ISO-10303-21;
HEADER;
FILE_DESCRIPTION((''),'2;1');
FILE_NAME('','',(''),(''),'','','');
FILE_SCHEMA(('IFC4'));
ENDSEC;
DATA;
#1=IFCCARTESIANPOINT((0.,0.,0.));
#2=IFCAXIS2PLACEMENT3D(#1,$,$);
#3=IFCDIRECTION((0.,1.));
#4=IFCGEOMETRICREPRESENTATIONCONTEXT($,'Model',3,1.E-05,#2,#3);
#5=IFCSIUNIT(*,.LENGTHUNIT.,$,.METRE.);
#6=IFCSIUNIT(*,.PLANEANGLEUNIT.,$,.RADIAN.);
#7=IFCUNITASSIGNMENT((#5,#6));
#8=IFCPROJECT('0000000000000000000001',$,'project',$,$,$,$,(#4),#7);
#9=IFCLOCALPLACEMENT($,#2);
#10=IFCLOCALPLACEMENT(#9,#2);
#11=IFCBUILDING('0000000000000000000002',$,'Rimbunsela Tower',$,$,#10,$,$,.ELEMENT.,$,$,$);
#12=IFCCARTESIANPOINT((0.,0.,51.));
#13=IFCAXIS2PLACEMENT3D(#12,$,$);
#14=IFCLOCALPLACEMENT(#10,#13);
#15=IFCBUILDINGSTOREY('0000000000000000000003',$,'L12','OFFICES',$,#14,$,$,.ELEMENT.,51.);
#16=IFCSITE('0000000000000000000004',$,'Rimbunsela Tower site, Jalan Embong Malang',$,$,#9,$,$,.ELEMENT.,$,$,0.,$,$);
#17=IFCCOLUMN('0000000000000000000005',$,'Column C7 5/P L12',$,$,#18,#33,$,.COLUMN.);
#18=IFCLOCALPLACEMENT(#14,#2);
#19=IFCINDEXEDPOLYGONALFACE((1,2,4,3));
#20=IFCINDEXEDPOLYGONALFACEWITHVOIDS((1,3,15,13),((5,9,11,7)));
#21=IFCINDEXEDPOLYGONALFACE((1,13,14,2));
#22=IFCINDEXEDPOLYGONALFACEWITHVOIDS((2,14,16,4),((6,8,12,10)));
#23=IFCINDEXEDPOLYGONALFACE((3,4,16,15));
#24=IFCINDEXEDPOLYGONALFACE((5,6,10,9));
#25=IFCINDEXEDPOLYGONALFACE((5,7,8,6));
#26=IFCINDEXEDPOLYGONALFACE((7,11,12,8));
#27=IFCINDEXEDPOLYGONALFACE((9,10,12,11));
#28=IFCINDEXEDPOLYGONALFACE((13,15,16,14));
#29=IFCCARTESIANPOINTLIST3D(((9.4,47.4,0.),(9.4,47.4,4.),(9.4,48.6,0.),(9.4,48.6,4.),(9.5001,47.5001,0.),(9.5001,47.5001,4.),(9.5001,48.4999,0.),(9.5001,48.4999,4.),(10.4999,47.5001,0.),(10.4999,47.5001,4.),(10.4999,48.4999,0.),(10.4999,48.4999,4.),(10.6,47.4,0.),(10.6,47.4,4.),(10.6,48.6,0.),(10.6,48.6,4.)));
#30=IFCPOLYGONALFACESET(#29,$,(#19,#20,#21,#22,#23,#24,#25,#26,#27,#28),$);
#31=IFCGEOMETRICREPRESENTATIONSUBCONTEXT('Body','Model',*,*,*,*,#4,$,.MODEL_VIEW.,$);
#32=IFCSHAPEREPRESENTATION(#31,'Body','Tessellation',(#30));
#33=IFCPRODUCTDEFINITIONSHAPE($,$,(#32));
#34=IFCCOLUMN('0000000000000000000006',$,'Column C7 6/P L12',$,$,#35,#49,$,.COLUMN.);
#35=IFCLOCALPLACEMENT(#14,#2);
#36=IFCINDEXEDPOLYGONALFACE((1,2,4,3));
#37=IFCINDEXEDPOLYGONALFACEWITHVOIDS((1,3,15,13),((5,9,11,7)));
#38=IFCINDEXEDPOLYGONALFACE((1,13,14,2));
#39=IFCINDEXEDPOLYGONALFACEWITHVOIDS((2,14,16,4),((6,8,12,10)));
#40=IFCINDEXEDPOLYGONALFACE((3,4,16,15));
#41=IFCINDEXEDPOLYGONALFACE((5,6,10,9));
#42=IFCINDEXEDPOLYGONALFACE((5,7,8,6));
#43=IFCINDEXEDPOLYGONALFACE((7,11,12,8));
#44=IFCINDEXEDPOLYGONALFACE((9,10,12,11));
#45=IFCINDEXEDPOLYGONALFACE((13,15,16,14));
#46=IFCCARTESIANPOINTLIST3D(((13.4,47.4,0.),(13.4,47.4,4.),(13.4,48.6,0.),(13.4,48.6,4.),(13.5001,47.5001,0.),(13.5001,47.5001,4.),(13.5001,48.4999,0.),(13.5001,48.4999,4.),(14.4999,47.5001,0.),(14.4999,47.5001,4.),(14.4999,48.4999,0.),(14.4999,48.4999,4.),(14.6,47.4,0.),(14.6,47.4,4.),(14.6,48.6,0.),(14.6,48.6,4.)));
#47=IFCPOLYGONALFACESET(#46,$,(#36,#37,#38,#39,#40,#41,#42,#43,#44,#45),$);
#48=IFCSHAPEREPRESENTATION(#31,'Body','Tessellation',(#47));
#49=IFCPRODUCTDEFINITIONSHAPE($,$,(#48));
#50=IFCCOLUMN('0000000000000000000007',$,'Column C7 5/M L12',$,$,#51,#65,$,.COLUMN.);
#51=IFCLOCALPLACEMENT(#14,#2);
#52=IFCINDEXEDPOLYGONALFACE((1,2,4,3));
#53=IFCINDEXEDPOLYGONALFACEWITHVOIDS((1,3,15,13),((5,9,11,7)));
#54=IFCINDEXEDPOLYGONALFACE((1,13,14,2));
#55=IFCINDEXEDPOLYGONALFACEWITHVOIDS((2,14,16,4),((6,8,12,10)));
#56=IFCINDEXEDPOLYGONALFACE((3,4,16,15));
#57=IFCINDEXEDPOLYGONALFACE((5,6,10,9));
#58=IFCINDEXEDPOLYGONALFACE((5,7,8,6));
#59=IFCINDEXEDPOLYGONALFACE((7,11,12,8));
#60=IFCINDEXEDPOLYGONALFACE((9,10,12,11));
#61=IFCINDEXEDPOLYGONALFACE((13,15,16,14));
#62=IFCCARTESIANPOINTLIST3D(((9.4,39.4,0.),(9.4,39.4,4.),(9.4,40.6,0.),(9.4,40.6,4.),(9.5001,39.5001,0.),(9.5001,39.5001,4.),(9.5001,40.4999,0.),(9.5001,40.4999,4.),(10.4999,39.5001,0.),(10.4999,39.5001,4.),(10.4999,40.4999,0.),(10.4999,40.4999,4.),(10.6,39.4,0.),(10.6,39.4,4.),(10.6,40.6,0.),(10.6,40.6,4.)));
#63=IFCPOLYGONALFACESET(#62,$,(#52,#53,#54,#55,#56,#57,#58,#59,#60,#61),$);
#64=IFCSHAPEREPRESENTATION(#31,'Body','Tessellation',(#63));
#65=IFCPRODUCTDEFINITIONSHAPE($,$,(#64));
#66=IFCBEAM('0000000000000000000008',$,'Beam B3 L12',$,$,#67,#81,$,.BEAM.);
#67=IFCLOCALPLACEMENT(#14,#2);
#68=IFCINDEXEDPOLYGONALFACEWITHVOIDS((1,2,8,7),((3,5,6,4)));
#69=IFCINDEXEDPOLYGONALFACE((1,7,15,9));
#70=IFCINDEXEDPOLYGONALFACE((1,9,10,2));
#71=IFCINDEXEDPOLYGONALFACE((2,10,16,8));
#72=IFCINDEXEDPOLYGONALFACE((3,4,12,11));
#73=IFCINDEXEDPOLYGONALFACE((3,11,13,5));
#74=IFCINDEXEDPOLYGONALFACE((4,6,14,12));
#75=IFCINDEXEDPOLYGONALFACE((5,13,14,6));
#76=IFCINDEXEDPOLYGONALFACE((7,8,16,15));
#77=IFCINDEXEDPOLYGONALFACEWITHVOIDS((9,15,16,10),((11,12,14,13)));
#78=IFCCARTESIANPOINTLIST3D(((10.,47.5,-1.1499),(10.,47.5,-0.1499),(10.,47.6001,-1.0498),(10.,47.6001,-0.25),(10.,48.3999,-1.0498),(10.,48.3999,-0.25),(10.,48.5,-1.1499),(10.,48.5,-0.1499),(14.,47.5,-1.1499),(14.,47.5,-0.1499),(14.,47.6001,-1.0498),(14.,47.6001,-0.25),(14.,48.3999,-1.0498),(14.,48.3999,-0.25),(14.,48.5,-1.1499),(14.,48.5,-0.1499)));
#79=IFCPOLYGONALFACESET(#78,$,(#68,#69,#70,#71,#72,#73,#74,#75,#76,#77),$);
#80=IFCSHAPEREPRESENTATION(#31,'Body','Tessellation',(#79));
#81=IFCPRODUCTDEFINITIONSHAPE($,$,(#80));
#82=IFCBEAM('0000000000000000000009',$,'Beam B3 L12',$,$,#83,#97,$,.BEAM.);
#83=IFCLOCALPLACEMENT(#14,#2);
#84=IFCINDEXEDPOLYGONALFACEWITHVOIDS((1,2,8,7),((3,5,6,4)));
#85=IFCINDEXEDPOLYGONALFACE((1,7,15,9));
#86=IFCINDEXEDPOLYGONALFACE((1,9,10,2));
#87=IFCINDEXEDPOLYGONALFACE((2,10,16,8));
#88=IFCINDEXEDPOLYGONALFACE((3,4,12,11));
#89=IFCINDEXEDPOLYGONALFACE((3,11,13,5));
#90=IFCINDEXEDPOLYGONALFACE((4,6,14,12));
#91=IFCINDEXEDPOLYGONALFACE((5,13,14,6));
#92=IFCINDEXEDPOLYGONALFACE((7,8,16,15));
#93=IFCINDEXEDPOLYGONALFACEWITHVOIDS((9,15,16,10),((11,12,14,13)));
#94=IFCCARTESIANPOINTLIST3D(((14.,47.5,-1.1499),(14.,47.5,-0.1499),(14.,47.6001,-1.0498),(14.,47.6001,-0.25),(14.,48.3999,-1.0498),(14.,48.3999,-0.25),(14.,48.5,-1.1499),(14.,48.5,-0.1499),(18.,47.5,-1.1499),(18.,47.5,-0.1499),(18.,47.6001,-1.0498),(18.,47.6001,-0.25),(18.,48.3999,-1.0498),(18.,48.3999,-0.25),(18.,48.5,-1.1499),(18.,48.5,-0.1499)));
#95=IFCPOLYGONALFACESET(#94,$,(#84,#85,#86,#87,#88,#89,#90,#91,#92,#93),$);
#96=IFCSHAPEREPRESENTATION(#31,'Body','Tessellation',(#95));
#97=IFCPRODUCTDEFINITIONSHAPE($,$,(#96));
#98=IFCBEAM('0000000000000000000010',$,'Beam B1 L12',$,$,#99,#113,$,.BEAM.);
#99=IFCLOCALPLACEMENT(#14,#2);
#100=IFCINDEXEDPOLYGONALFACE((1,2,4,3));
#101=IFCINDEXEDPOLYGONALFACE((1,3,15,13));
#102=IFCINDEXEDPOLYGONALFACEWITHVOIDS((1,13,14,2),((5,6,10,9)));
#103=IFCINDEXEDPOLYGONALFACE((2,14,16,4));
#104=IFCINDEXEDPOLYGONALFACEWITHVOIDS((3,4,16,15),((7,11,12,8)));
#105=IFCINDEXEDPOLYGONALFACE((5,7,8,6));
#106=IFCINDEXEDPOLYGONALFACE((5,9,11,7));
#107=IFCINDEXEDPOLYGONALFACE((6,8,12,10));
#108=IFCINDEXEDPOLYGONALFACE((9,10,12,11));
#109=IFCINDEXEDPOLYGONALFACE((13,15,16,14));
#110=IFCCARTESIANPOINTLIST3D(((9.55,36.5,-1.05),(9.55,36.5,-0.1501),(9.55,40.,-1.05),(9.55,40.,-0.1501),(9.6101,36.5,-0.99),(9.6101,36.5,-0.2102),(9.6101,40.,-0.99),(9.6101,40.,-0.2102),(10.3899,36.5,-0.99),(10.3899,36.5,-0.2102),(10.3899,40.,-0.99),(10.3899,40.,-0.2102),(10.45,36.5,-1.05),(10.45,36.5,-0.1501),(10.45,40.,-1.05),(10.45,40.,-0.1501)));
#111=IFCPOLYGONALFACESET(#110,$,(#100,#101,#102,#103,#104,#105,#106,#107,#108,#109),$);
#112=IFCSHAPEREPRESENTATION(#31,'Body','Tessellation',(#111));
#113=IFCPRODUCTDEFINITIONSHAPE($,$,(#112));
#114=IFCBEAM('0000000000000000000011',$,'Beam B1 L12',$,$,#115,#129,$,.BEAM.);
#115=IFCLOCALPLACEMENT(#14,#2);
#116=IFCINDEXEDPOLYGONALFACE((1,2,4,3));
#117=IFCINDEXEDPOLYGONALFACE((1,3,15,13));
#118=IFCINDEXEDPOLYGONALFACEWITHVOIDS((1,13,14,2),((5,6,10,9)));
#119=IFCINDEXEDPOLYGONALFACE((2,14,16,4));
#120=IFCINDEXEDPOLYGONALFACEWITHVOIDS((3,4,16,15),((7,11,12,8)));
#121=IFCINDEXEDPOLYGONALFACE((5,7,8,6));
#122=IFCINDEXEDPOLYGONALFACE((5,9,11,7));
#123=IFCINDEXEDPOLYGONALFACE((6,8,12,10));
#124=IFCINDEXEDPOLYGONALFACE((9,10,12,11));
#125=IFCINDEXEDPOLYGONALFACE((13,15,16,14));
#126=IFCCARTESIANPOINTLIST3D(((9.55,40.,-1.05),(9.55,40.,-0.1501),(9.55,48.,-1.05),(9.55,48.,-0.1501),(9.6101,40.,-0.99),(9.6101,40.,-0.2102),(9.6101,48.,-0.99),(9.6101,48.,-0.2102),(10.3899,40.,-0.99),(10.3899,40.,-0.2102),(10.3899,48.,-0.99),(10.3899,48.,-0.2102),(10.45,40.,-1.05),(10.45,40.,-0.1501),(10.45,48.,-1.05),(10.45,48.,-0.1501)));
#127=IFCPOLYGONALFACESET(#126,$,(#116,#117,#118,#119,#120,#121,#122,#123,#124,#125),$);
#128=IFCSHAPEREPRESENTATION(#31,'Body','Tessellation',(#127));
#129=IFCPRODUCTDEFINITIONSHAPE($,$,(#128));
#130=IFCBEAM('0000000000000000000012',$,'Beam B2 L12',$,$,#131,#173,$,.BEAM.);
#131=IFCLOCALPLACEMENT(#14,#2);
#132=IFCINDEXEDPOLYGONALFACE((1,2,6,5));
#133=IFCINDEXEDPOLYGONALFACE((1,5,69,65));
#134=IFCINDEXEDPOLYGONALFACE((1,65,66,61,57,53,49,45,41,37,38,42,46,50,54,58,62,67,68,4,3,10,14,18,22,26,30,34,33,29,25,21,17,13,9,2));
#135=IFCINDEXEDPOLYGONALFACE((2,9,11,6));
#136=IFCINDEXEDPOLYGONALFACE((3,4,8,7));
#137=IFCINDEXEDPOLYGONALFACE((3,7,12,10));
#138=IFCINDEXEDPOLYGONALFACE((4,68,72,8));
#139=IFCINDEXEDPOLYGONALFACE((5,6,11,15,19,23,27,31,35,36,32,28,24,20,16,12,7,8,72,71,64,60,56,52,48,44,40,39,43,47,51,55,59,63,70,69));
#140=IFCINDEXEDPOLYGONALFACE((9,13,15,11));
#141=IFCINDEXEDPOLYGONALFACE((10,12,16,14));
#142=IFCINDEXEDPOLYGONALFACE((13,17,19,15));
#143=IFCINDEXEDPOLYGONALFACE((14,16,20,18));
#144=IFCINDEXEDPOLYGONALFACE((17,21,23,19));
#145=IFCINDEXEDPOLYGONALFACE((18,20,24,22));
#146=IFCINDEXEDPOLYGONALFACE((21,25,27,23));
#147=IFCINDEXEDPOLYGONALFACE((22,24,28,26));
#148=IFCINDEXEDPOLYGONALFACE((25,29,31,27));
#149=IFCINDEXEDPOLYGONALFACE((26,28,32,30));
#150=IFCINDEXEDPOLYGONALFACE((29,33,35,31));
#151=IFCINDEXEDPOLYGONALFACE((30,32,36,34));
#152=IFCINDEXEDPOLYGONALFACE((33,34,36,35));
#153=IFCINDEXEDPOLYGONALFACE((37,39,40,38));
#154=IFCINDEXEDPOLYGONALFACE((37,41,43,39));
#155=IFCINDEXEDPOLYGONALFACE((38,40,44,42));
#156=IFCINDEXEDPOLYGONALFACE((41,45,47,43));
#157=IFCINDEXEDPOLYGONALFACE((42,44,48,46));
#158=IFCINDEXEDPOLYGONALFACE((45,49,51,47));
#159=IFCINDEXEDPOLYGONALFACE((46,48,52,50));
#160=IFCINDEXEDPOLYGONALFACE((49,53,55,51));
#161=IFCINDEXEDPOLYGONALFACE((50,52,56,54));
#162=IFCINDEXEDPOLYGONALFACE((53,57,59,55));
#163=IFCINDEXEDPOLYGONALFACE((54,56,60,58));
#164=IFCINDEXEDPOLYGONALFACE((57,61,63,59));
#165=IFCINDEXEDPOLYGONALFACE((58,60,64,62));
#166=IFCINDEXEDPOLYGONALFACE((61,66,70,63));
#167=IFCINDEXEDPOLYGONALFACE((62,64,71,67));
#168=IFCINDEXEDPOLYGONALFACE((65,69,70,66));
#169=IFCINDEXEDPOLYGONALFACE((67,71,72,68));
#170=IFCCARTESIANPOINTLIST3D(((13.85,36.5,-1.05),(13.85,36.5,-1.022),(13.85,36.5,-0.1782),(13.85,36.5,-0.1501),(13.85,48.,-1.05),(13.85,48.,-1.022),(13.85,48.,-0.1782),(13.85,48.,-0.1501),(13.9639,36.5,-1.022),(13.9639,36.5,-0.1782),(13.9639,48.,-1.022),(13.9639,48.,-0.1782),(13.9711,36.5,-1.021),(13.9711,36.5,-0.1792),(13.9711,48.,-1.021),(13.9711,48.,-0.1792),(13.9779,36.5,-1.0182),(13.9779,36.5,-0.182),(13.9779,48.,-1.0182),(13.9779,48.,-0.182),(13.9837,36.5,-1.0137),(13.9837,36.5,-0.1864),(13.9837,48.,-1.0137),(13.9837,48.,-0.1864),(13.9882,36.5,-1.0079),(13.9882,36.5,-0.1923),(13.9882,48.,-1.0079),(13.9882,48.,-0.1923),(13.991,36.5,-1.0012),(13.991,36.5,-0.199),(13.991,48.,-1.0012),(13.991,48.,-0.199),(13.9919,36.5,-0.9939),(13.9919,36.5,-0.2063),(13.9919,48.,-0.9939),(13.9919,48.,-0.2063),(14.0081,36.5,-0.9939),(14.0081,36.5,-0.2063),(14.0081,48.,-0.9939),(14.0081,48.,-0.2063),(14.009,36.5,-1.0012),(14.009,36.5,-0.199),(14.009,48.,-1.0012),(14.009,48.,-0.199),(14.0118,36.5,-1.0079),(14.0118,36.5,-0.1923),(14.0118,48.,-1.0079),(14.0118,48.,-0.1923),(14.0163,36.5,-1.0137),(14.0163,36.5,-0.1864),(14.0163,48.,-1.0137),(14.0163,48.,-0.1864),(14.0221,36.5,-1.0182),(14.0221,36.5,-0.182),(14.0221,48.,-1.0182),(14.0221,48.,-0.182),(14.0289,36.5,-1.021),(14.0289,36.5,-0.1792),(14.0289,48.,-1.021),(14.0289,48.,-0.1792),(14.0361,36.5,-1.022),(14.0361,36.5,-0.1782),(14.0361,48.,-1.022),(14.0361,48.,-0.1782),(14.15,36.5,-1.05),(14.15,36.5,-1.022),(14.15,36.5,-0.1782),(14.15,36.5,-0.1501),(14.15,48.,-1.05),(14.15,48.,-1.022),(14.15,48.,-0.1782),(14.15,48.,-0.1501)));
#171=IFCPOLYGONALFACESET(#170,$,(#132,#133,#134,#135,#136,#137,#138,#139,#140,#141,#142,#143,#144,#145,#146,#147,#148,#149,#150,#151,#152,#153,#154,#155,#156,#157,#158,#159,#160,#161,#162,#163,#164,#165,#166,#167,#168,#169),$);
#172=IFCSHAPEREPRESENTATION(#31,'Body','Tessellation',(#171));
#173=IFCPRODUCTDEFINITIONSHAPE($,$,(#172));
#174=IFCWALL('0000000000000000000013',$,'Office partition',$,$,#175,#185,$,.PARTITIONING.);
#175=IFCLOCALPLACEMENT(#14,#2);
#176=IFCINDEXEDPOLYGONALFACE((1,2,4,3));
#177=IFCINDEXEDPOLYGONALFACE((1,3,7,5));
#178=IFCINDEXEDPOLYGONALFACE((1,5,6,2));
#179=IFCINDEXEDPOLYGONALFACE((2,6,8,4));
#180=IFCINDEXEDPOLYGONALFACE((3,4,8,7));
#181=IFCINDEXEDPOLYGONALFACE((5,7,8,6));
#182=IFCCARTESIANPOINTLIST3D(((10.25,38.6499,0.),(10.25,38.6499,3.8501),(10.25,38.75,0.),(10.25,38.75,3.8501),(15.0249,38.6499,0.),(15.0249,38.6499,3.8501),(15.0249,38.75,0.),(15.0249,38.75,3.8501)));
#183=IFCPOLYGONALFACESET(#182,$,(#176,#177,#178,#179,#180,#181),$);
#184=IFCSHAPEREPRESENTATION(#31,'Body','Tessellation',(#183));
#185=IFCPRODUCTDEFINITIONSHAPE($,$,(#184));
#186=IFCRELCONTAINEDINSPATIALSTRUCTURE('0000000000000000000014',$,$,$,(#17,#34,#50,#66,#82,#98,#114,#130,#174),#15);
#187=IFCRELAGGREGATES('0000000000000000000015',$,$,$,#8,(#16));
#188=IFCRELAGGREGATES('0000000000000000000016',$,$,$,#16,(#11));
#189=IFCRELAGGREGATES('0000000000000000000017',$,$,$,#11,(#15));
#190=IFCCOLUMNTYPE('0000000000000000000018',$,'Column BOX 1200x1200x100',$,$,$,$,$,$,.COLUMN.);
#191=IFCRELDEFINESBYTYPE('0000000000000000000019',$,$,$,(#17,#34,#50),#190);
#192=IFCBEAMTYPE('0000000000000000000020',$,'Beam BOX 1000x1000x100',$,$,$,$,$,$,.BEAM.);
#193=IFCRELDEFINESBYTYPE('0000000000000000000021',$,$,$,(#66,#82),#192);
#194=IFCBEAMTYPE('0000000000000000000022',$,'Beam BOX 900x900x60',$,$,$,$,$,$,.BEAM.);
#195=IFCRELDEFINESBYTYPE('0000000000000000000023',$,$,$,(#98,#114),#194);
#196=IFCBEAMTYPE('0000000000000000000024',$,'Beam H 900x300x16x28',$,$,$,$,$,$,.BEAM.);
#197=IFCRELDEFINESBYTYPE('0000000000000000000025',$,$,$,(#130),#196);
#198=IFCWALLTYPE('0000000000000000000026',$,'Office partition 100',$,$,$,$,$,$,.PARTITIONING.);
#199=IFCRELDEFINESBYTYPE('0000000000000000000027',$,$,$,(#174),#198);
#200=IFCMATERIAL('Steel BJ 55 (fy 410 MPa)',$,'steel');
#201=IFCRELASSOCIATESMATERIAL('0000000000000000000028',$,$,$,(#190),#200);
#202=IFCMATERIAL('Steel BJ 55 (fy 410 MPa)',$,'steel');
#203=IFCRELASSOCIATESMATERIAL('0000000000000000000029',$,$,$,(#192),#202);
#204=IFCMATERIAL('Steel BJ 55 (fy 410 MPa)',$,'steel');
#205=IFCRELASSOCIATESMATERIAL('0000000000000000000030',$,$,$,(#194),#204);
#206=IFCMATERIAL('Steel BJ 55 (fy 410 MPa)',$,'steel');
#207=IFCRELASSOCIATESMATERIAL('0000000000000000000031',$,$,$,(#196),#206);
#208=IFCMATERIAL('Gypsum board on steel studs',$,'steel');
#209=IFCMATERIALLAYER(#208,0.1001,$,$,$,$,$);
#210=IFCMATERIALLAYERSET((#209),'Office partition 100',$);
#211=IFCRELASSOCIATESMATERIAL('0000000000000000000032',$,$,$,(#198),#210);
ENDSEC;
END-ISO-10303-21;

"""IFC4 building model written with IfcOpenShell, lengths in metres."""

from ifc_helpers import new_model, si_unit, direction, frame, frame_2d, origin, origin_2d, place, context, subcontext, project, spatial, rectangle, hollow_rectangle, i_section, extrude, material, layer, layer_set, material_profile, profile_set, type_object, element, save


model = new_model("IFC4")

# Units and contexts
model_context = context("Model", 3, precision=1e-05, world=origin(), true_north=direction((0.0, 1.0)))
body_context = subcontext(model_context, "Body", "Model", "MODEL_VIEW")
ifc_project = project(units=[si_unit("LENGTHUNIT", "METRE"), si_unit("PLANEANGLEUNIT", "RADIAN")], contexts=[model_context])

# Site, building, storey
site_placement = place(None, origin())
site = spatial("IfcSite", under=ifc_project, at=site_placement, Name="Rimbunsela Tower site, Jalan Embong Malang", CompositionType="ELEMENT", RefElevation=0.0)
building_placement = place(site_placement, origin())
building = spatial("IfcBuilding", under=site, at=building_placement, Name="Rimbunsela Tower", CompositionType="ELEMENT")
storey_placement = place(building_placement, frame((0.0, 0.0, 51.0)))
storey = spatial("IfcBuildingStorey", under=building, at=storey_placement, Name="L12", Description="OFFICES", CompositionType="ELEMENT", Elevation=51.0)

# Columns
ifc_material_1 = material(Name="Steel BJ 55 (fy 410 MPa)", Category="steel")
ifc_material_profile_1 = material_profile(ifc_material_1, hollow_rectangle(XDim=1.2, YDim=1.2, WallThickness=0.1001, at=origin_2d()), Name="BOX 1200x1200x100")
ifc_profile_set_1 = profile_set([ifc_material_profile_1], Name="Steel BJ 55 (fy 410 MPa)")
column_type = type_object("IfcColumnType", Name="Column BOX 1200x1200x100", PredefinedType="COLUMN", material=ifc_profile_set_1)
for number, where, z_axis, x_axis, name in (
    (1, (10.0, 48.0, 0.0), (0.0, 0.0, 1.0), (1.0, 0.0, 0.0), "Column C7 5/P L12"),
    (2, (14.0, 48.0, 0.0), (0.0, 0.0, 1.0), (1.0, 0.0, 0.0), "Column C7 6/P L12"),
    (3, (10.0, 40.0, 0.0), (0.0, 0.0, 1.0), (1.0, 0.0, 0.0), "Column C7 5/M L12"),
):
    element("IfcColumn", number, at=place(storey_placement, frame(where, z_axis=z_axis, x_axis=x_axis)), inside=storey, type_object=column_type, Name=name, PredefinedType="COLUMN", context=body_context, shape_type="SweptSolid", body=[
        extrude(hollow_rectangle(XDim=1.2, YDim=1.2, WallThickness=0.1001, at=origin_2d()), origin(), (0.0, 0.0, 1.0), 4.0),
    ])

# Beams
ifc_material_2 = material(Name="Steel BJ 55 (fy 410 MPa)", Category="steel")
ifc_material_profile_2 = material_profile(ifc_material_2, hollow_rectangle(XDim=1.0, YDim=1.0, WallThickness=0.1001, at=origin_2d()), Name="BOX 1000x1000x100")
ifc_profile_set_2 = profile_set([ifc_material_profile_2], Name="Steel BJ 55 (fy 410 MPa)")
beam_type_1 = type_object("IfcBeamType", Name="Beam BOX 1000x1000x100", PredefinedType="BEAM", material=ifc_profile_set_2)
for number, where, z_axis, x_axis, name in (
    (4, (10.0, 48.0, -0.6499), (1.0, 0.0, 0.0), (0.0, 1.0, 0.0), "Beam B3 L12"),
    (5, (14.0, 48.0, -0.6499), (1.0, 0.0, 0.0), (0.0, 1.0, 0.0), "Beam B3 L12"),
):
    element("IfcBeam", number, at=place(storey_placement, frame(where, z_axis=z_axis, x_axis=x_axis)), inside=storey, type_object=beam_type_1, Name=name, PredefinedType="BEAM", context=body_context, shape_type="SweptSolid", body=[
        extrude(hollow_rectangle(XDim=1.0, YDim=1.0, WallThickness=0.1001, at=origin_2d()), origin(), (0.0, 0.0, 1.0), 4.0),
    ])
ifc_material_3 = material(Name="Steel BJ 55 (fy 410 MPa)", Category="steel")
ifc_material_profile_3 = material_profile(ifc_material_3, hollow_rectangle(XDim=0.8999, YDim=0.8999, WallThickness=0.0601, at=origin_2d()), Name="BOX 900x900x60")
ifc_profile_set_3 = profile_set([ifc_material_profile_3], Name="Steel BJ 55 (fy 410 MPa)")
beam_type_2 = type_object("IfcBeamType", Name="Beam BOX 900x900x60", PredefinedType="BEAM", material=ifc_profile_set_3)
beam_1_placement = place(storey_placement, frame((10.0, 36.5, -0.6001), z_axis=(0.0, 1.0, 0.0), x_axis=(-1.0, 0.0, 0.0)))
element("IfcBeam", 6, at=beam_1_placement, inside=storey, type_object=beam_type_2, Name="Beam B1 L12", PredefinedType="BEAM", context=body_context, shape_type="SweptSolid", body=[
    extrude(hollow_rectangle(XDim=0.8999, YDim=0.8999, WallThickness=0.0601, at=origin_2d()), origin(), (0.0, 0.0, 1.0), 3.5),
])
beam_2_placement = place(storey_placement, frame((10.0, 40.0, -0.6001), z_axis=(0.0, 1.0, 0.0), x_axis=(-1.0, 0.0, 0.0)))
element("IfcBeam", 7, at=beam_2_placement, inside=storey, type_object=beam_type_2, Name="Beam B1 L12", PredefinedType="BEAM", context=body_context, shape_type="SweptSolid", body=[
    extrude(hollow_rectangle(XDim=0.8999, YDim=0.8999, WallThickness=0.0601, at=origin_2d()), origin(), (0.0, 0.0, 1.0), 8.0),
])
ifc_material_4 = material(Name="Steel BJ 55 (fy 410 MPa)", Category="steel")
ifc_material_profile_4 = material_profile(ifc_material_4, i_section(OverallWidth=0.3, OverallDepth=0.8999, WebThickness=0.0161, FlangeThickness=0.0281, FilletRadius=0.0281, at=origin_2d()), Name="H 900x300x16x28")
ifc_profile_set_4 = profile_set([ifc_material_profile_4], Name="Steel BJ 55 (fy 410 MPa)")
beam_type_3 = type_object("IfcBeamType", Name="Beam H 900x300x16x28", PredefinedType="BEAM", material=ifc_profile_set_4)
beam_3_placement = place(storey_placement, frame((14.0, 36.5, -0.6001), z_axis=(0.0, 1.0, 0.0), x_axis=(-1.0, 0.0, 0.0)))
element("IfcBeam", 8, at=beam_3_placement, inside=storey, type_object=beam_type_3, Name="Beam B2 L12", PredefinedType="BEAM", context=body_context, shape_type="SweptSolid", body=[
    extrude(i_section(OverallWidth=0.3, OverallDepth=0.8999, WebThickness=0.0161, FlangeThickness=0.0281, FilletRadius=0.0281, at=origin_2d()), origin(), (0.0, 0.0, 1.0), 11.5),
])

# Wall
ifc_material_5 = material(Name="Gypsum board on steel studs", Category="steel")
ifc_layer_1 = layer(ifc_material_5, 0.1001)
ifc_layer_set_1 = layer_set([ifc_layer_1], Name="Office partition 100")
wall_type_1 = type_object("IfcWallType", Name="Office partition 100", PredefinedType="PARTITIONING", material=ifc_layer_set_1)
wall_1_placement = place(storey_placement, frame((10.25, 38.7, 0.0), z_axis=(0.0, 0.0, 1.0), x_axis=(1.0, 0.0, 0.0)))
element("IfcWall", 9, at=wall_1_placement, inside=storey, type_object=wall_type_1, Name="Office partition", PredefinedType="PARTITIONING", context=body_context, shape_type="SweptSolid", body=[
    extrude(rectangle(XDim=4.7749, YDim=0.1001, at=frame_2d((2.3875, 0.0))), origin(), (0.0, 0.0, 1.0), 3.8501),
])

save(model, "model.ifc")
